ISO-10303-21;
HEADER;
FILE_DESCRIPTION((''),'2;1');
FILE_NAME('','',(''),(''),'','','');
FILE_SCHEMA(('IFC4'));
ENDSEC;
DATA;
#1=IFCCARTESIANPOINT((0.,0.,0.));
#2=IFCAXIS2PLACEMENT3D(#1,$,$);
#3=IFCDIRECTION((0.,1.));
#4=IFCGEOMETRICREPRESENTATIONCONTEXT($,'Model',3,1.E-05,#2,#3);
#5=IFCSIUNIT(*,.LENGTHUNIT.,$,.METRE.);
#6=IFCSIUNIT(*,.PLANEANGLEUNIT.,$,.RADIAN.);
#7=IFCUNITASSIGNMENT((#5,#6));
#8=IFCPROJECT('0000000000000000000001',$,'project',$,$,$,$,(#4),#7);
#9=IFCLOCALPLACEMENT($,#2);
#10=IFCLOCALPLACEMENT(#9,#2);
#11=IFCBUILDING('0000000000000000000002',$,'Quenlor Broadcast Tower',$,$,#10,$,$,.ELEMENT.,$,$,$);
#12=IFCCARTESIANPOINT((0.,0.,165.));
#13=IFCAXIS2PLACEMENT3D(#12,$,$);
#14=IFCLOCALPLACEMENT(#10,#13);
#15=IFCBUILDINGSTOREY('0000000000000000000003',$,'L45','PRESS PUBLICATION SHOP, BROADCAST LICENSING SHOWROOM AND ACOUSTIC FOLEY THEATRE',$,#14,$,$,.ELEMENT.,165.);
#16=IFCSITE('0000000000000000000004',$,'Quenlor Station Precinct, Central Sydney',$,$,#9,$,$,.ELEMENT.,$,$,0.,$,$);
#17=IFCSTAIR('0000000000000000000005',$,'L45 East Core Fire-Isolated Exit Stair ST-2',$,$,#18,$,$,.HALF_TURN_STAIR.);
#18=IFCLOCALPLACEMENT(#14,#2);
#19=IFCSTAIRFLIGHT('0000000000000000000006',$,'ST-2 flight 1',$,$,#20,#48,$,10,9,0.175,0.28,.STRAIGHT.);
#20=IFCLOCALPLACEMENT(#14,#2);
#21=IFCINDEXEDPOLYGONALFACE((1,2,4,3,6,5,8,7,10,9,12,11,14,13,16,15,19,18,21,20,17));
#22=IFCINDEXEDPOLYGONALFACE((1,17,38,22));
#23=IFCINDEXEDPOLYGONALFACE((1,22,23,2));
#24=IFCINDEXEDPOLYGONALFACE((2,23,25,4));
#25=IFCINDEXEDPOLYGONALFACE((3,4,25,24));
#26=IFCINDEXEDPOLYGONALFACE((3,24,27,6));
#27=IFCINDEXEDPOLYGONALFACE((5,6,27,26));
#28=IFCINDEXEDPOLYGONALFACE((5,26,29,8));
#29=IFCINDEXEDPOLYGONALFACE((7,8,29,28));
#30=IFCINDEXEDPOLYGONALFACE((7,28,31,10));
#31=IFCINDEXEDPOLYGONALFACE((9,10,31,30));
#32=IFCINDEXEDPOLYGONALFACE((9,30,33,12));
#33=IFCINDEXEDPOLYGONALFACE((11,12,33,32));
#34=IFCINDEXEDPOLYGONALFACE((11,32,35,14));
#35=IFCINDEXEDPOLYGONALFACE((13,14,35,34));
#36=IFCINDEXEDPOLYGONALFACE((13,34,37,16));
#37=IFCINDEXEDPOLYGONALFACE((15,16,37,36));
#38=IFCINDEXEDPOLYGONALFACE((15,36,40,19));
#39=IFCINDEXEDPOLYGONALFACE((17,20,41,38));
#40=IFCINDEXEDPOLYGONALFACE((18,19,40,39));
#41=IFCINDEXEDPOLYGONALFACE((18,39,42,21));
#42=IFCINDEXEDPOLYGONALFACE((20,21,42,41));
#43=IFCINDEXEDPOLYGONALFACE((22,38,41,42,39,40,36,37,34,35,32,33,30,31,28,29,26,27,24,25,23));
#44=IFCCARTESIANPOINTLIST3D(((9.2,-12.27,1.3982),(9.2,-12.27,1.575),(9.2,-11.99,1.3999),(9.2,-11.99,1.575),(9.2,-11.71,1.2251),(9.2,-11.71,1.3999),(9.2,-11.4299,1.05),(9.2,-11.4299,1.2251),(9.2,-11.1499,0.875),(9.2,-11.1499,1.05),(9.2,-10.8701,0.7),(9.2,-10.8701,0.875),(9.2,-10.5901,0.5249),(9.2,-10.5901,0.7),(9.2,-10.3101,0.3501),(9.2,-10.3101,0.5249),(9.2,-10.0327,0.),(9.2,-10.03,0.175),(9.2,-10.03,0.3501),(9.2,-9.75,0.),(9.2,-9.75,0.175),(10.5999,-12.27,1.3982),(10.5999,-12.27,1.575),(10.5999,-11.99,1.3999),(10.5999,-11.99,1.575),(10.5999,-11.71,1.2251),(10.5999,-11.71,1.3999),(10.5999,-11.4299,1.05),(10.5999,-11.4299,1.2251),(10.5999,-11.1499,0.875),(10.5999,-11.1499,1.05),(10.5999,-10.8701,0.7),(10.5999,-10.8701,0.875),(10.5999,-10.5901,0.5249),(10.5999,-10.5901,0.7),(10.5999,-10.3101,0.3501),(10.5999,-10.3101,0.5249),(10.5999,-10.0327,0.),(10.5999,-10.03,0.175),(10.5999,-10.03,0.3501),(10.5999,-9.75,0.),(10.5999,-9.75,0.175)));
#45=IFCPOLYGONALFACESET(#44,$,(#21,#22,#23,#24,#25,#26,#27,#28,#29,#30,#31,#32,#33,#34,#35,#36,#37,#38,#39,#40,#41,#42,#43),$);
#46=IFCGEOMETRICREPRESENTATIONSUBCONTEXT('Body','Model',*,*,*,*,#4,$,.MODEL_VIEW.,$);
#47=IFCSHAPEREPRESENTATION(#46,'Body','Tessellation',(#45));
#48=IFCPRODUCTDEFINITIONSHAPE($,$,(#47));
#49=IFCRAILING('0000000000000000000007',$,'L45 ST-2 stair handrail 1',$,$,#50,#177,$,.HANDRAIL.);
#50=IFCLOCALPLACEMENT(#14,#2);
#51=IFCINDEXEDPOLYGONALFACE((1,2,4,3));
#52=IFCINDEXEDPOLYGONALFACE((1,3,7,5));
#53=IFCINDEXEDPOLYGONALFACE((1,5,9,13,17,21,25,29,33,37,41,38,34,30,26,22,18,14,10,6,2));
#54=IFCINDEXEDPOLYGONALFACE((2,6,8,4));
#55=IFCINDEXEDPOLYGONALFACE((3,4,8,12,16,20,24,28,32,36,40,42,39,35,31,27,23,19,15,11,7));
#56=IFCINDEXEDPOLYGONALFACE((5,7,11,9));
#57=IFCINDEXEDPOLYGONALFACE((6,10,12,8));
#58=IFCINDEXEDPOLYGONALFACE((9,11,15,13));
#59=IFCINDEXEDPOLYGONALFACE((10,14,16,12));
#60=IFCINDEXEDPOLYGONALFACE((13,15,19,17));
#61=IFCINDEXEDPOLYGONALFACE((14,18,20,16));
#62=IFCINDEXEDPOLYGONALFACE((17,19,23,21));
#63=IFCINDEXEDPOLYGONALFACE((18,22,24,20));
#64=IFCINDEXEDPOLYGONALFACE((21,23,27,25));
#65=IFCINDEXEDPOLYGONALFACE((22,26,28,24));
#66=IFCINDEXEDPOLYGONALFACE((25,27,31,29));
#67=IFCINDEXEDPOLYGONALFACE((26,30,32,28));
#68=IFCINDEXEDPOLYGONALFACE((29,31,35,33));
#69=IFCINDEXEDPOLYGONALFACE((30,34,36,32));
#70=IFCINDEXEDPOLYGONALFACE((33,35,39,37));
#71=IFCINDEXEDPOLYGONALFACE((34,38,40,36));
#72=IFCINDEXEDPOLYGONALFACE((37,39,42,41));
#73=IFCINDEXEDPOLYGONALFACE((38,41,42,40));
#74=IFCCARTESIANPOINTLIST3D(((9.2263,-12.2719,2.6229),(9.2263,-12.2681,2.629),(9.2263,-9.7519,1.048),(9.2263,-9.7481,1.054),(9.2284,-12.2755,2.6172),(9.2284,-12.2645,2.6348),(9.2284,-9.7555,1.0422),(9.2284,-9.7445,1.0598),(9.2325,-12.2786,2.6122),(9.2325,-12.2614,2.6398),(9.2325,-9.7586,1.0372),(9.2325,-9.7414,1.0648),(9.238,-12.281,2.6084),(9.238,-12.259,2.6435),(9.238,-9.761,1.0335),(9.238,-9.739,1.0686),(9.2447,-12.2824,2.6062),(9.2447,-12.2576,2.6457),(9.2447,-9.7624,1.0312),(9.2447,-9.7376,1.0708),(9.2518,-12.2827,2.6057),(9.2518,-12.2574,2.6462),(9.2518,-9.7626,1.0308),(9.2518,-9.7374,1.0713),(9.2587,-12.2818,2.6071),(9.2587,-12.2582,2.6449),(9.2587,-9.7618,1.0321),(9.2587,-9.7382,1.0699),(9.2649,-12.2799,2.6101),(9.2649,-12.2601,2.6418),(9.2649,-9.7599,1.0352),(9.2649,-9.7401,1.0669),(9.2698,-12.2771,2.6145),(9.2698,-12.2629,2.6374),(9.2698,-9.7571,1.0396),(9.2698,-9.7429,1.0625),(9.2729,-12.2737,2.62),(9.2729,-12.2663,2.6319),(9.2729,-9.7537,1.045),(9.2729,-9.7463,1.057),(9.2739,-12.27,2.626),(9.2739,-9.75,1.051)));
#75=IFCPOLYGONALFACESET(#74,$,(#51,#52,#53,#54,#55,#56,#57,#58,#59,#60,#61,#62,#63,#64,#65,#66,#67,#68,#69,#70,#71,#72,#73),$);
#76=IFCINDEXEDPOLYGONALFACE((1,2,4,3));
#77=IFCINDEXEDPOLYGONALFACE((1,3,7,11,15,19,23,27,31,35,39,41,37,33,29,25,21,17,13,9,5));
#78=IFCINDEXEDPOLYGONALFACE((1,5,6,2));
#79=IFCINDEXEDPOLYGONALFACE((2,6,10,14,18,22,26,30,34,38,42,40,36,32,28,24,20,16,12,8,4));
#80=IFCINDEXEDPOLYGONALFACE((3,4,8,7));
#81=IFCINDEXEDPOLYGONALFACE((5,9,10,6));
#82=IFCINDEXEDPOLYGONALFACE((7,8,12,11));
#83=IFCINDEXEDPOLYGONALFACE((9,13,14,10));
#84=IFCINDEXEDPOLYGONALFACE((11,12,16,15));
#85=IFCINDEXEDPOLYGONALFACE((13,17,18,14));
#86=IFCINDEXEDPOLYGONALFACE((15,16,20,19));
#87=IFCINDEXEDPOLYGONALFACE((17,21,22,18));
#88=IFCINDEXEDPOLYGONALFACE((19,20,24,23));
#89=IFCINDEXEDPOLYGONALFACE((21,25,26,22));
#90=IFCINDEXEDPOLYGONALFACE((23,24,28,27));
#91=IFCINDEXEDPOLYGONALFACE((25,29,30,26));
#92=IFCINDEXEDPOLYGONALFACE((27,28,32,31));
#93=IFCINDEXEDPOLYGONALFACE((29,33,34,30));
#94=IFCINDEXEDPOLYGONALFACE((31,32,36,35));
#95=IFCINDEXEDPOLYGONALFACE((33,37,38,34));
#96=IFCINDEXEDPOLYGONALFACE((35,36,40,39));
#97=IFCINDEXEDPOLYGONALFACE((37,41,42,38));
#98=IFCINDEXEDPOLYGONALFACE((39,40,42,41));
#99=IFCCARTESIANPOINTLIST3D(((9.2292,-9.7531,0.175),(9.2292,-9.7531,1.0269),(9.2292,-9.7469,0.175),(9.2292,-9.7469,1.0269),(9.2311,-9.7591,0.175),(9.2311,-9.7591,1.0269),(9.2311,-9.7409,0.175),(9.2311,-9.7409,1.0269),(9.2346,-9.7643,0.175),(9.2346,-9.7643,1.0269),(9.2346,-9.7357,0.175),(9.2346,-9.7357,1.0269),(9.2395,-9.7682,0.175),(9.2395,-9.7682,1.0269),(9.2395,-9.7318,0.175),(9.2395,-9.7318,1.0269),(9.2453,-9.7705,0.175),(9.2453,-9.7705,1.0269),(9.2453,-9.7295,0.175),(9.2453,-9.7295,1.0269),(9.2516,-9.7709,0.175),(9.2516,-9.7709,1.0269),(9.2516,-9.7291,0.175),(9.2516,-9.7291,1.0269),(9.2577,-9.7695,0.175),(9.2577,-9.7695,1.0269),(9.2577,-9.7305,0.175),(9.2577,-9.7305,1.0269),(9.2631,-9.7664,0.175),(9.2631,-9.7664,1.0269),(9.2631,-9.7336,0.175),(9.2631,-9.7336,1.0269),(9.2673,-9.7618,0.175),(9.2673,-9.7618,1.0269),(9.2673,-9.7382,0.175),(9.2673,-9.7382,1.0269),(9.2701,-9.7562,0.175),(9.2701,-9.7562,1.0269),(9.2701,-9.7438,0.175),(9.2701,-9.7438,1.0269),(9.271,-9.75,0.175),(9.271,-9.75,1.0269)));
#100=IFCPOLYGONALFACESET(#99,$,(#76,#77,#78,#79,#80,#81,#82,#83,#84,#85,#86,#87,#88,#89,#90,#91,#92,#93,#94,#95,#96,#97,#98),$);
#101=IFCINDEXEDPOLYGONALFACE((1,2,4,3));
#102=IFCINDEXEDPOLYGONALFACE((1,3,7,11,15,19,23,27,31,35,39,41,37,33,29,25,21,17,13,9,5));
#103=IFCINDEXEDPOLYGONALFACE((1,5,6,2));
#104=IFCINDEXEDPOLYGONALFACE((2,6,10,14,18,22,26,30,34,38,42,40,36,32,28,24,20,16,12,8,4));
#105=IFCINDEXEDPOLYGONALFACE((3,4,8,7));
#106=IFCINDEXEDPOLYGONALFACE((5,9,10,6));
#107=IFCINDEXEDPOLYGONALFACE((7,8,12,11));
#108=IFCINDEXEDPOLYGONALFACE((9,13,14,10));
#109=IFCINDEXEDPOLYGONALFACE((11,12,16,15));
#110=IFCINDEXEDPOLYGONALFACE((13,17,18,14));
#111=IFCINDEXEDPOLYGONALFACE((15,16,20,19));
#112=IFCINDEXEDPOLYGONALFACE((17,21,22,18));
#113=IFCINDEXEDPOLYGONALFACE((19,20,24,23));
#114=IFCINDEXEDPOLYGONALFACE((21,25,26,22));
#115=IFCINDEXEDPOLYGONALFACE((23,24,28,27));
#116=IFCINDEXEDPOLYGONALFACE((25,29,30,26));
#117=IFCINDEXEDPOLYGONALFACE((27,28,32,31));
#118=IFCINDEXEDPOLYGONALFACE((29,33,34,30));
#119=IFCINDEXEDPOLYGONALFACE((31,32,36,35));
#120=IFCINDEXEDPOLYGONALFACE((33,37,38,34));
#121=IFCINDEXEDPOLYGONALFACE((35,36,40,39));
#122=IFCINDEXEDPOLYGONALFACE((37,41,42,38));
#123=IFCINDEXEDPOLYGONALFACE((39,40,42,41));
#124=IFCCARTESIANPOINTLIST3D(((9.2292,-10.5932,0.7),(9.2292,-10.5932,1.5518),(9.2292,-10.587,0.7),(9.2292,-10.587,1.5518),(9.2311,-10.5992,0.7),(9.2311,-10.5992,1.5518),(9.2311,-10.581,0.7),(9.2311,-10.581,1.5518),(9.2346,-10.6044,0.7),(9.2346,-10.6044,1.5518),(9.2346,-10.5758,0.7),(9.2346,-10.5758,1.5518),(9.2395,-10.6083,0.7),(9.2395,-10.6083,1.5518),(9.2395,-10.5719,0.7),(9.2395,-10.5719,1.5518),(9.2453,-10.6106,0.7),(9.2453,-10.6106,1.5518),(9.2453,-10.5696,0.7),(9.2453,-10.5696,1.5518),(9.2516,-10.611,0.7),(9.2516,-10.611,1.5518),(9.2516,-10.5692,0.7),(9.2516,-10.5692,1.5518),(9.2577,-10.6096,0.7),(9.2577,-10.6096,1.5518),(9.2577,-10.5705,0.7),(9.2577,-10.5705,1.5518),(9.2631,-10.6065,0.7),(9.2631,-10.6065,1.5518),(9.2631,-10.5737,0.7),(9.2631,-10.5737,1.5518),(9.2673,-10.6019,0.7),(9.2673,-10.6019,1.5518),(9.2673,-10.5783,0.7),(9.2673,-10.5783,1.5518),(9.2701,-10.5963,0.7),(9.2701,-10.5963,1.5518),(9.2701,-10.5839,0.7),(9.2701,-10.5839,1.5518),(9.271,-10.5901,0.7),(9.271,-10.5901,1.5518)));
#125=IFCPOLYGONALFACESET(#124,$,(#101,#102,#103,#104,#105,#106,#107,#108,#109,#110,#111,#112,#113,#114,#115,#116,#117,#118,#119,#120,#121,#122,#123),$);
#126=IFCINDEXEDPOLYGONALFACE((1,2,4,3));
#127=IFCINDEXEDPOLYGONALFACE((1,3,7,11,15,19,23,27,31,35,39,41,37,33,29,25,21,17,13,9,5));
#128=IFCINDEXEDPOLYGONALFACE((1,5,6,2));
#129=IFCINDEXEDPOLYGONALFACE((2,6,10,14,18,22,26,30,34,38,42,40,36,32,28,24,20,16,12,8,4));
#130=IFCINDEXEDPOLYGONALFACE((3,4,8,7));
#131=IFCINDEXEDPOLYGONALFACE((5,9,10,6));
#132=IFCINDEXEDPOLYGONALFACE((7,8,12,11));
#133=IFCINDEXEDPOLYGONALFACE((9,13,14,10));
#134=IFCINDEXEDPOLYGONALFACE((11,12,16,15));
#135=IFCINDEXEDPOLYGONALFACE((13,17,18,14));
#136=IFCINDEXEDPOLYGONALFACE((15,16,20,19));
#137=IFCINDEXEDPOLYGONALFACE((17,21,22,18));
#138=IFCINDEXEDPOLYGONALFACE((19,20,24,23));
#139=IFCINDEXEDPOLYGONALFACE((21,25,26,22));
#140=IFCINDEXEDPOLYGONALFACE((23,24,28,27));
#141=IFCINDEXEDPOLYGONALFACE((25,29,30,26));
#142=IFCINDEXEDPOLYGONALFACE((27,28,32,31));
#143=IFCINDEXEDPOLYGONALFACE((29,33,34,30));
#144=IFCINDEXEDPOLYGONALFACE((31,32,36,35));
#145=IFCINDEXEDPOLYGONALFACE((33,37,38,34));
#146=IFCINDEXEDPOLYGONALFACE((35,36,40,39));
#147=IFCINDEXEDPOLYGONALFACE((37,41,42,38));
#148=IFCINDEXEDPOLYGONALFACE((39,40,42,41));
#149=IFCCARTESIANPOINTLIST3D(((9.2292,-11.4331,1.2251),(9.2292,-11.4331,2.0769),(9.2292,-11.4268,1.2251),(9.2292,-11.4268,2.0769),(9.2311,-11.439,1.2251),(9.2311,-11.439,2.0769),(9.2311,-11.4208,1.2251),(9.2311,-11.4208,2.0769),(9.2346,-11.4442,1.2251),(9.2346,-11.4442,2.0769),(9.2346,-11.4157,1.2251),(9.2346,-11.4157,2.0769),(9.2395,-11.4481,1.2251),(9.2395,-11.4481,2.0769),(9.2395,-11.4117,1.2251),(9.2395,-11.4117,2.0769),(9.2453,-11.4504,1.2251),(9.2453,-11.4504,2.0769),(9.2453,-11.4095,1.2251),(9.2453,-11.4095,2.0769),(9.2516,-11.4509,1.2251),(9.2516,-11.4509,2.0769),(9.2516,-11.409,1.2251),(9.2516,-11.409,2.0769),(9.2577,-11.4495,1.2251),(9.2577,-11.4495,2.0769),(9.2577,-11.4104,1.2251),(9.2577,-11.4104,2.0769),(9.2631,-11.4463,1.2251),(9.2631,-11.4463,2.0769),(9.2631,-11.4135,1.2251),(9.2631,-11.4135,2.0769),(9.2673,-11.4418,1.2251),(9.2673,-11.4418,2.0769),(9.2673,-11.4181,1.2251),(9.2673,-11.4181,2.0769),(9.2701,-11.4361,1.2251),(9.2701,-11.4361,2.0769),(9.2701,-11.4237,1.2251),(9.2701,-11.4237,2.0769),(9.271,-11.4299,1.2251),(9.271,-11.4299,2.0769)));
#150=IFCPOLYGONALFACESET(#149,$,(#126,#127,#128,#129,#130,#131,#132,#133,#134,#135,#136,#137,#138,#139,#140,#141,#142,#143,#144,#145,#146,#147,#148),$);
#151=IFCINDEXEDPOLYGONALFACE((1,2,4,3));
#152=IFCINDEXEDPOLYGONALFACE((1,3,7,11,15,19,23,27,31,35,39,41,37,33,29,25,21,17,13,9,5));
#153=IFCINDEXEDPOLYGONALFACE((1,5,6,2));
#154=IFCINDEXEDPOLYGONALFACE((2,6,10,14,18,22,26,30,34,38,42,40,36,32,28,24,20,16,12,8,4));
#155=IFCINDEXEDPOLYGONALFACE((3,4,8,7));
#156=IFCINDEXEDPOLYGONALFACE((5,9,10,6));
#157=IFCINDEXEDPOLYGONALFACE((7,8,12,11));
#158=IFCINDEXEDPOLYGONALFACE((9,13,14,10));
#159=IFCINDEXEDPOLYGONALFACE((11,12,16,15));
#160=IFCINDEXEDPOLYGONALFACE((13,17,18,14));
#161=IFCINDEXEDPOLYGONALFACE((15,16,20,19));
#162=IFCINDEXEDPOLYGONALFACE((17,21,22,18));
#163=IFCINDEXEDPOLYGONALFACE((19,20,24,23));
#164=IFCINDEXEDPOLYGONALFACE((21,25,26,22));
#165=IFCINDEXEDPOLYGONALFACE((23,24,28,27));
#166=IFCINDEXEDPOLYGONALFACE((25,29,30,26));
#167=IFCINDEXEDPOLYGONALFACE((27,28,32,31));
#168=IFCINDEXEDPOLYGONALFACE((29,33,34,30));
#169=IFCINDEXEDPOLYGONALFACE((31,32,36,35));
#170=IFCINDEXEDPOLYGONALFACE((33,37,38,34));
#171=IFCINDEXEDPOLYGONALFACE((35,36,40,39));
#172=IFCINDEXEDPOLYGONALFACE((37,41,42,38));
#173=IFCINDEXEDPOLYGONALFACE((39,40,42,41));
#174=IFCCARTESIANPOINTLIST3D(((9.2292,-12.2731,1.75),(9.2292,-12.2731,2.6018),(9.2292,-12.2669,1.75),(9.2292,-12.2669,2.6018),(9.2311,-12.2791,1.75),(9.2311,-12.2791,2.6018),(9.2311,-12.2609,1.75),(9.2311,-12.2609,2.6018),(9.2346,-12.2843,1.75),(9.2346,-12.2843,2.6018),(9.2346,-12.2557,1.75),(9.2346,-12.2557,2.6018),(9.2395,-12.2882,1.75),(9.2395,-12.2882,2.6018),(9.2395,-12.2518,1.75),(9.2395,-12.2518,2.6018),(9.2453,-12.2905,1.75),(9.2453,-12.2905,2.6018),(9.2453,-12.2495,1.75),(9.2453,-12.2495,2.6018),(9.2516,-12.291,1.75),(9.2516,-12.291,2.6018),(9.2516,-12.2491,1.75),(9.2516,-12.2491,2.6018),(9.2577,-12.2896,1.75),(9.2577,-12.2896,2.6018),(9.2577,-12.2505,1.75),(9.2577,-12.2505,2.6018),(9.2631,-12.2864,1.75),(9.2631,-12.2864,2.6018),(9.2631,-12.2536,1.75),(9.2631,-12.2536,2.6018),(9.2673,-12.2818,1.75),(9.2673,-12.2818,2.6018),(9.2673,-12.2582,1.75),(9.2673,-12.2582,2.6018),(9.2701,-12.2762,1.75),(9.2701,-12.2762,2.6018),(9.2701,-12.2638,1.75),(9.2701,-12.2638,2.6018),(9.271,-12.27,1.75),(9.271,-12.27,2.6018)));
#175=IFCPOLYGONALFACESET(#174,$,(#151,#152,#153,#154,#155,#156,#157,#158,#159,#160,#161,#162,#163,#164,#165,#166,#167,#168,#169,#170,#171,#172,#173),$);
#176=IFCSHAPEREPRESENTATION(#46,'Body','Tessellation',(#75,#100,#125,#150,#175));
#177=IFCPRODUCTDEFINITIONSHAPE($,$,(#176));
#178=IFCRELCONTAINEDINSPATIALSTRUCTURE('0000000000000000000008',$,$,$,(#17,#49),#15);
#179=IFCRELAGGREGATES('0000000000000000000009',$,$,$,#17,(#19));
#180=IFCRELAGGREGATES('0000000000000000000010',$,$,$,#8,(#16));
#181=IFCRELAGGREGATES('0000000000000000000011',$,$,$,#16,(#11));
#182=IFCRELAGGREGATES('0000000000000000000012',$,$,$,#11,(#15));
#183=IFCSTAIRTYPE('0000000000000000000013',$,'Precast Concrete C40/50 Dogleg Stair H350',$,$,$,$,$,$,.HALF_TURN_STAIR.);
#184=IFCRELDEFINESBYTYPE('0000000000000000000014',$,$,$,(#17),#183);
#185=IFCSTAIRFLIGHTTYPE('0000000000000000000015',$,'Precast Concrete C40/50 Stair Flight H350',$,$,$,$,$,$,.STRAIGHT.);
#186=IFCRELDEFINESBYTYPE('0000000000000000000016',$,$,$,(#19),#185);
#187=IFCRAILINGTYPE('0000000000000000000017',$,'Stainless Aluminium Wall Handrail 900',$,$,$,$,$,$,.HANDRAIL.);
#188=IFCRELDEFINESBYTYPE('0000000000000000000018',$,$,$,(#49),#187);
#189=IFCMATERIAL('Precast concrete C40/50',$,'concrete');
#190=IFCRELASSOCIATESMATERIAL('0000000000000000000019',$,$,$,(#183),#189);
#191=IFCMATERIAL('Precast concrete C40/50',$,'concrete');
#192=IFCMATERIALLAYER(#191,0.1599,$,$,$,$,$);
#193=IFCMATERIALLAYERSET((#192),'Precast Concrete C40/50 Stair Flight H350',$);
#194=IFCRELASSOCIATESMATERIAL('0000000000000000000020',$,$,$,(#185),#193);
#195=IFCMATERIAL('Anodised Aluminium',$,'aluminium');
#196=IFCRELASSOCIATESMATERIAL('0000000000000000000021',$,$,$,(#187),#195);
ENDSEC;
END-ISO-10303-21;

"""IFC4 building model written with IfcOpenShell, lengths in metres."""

from ifc_helpers import new_model, si_unit, direction, frame, origin, origin_2d, place, context, subcontext, project, spatial, polyline, circle, outline, extrude, material, layer, layer_set, type_object, element, aggregate, save


model = new_model("IFC4")

# Units and contexts
model_context = context("Model", 3, precision=1e-05, world=origin(), true_north=direction((0.0, 1.0)))
body_context = subcontext(model_context, "Body", "Model", "MODEL_VIEW")
ifc_project = project(units=[si_unit("LENGTHUNIT", "METRE"), si_unit("PLANEANGLEUNIT", "RADIAN")], contexts=[model_context])

# Site, building, storey
site_placement = place(None, origin())
site = spatial("IfcSite", under=ifc_project, at=site_placement, Name="Quenlor Station Precinct, Central Sydney", CompositionType="ELEMENT", RefElevation=0.0)
building_placement = place(site_placement, origin())
building = spatial("IfcBuilding", under=site, at=building_placement, Name="Quenlor Broadcast Tower", CompositionType="ELEMENT")
storey_placement = place(building_placement, frame((0.0, 0.0, 165.0)))
storey = spatial("IfcBuildingStorey", under=building, at=storey_placement, Name="L45", Description="PRESS PUBLICATION SHOP, BROADCAST LICENSING SHOWROOM AND ACOUSTIC FOLEY THEATRE", CompositionType="ELEMENT", Elevation=165.0)

# Stair, stair flight
ifc_material_1 = material(Name="Precast concrete C40/50", Category="concrete")
stair_type = type_object("IfcStairType", Name="Precast Concrete C40/50 Dogleg Stair H350", PredefinedType="HALF_TURN_STAIR", material=ifc_material_1)
stair_placement = place(storey_placement, origin())
stair = element("IfcStair", 1, at=stair_placement, inside=storey, type_object=stair_type, Name="L45 East Core Fire-Isolated Exit Stair ST-2", PredefinedType="HALF_TURN_STAIR")
ifc_material_2 = material(Name="Precast concrete C40/50", Category="concrete")
ifc_layer_1 = layer(ifc_material_2, 0.1599)
ifc_layer_set_1 = layer_set([ifc_layer_1], Name="Precast Concrete C40/50 Stair Flight H350")
stair_flight_type = type_object("IfcStairFlightType", Name="Precast Concrete C40/50 Stair Flight H350", PredefinedType="STRAIGHT", material=ifc_layer_set_1)
stair_flight_placement = place(storey_placement, frame((9.8999, -9.75, 0.0), z_axis=(0.0, 0.0, 1.0), x_axis=(0.0, -1.0, 0.0)))
stair_flight = element("IfcStairFlight", 2, at=stair_flight_placement, type_object=stair_flight_type, Name="ST-2 flight 1", NumberOfRisers=10, NumberOfTreads=9, PredefinedType="STRAIGHT", RiserHeight=0.175, TreadLength=0.28, context=body_context, shape_type="SweptSolid", body=[
    extrude(outline(polyline([(0.0, 0.0), (0.0, 0.175), (0.28, 0.175), (0.28, 0.3501), (0.5601, 0.3501), (0.5601, 0.5249), (0.8401, 0.5249), (0.8401, 0.7), (1.1201, 0.7), (1.1201, 0.875), (1.3999, 0.875), (1.3999, 1.05), (1.6799, 1.05), (1.6799, 1.2251), (1.96, 1.2251), (1.96, 1.3999), (2.24, 1.3999), (2.24, 1.575), (2.52, 1.575), (2.52, 1.75), (2.52, 1.3982), (0.2827, 0.0), (0.0, 0.0)])), frame((0.0, 0.7, 0.0), z_axis=(0.0, -1.0, 0.0), x_axis=(1.0, 0.0, 0.0)), (0.0, 0.0, 1.0), 1.3999),
])
aggregate(stair, [stair_flight])

# Railing
ifc_material_3 = material(Name="Anodised Aluminium", Category="aluminium")
railing_type_1 = type_object("IfcRailingType", Name="Stainless Aluminium Wall Handrail 900", PredefinedType="HANDRAIL", material=ifc_material_3)
railing_1_placement = place(storey_placement, frame((9.25, -9.75, 0.175)))
element("IfcRailing", 3, at=railing_1_placement, inside=storey, type_object=railing_type_1, Name="L45 ST-2 stair handrail 1", PredefinedType="HANDRAIL", context=body_context, shape_type="SweptSolid", body=[
    extrude(circle(Radius=0.0239, at=origin_2d()), frame((0.0, 0.0, 0.876), z_axis=(0.0, -0.848008, 0.529984), x_axis=(1.0, 0.0, 0.0)), (0.0, 0.0, 1.0), 2.9717),
    extrude(circle(Radius=0.021, at=origin_2d()), origin(), (0.0, 0.0, 1.0), 0.8518),
    extrude(circle(Radius=0.021, at=origin_2d()), frame((0.0, -0.8401, 0.5249)), (0.0, 0.0, 1.0), 0.8518),
    extrude(circle(Radius=0.021, at=origin_2d()), frame((0.0, -1.6799, 1.05)), (0.0, 0.0, 1.0), 0.8518),
    extrude(circle(Radius=0.021, at=origin_2d()), frame((0.0, -2.52, 1.575)), (0.0, 0.0, 1.0), 0.8518),
])

save(model, "model.ifc")
